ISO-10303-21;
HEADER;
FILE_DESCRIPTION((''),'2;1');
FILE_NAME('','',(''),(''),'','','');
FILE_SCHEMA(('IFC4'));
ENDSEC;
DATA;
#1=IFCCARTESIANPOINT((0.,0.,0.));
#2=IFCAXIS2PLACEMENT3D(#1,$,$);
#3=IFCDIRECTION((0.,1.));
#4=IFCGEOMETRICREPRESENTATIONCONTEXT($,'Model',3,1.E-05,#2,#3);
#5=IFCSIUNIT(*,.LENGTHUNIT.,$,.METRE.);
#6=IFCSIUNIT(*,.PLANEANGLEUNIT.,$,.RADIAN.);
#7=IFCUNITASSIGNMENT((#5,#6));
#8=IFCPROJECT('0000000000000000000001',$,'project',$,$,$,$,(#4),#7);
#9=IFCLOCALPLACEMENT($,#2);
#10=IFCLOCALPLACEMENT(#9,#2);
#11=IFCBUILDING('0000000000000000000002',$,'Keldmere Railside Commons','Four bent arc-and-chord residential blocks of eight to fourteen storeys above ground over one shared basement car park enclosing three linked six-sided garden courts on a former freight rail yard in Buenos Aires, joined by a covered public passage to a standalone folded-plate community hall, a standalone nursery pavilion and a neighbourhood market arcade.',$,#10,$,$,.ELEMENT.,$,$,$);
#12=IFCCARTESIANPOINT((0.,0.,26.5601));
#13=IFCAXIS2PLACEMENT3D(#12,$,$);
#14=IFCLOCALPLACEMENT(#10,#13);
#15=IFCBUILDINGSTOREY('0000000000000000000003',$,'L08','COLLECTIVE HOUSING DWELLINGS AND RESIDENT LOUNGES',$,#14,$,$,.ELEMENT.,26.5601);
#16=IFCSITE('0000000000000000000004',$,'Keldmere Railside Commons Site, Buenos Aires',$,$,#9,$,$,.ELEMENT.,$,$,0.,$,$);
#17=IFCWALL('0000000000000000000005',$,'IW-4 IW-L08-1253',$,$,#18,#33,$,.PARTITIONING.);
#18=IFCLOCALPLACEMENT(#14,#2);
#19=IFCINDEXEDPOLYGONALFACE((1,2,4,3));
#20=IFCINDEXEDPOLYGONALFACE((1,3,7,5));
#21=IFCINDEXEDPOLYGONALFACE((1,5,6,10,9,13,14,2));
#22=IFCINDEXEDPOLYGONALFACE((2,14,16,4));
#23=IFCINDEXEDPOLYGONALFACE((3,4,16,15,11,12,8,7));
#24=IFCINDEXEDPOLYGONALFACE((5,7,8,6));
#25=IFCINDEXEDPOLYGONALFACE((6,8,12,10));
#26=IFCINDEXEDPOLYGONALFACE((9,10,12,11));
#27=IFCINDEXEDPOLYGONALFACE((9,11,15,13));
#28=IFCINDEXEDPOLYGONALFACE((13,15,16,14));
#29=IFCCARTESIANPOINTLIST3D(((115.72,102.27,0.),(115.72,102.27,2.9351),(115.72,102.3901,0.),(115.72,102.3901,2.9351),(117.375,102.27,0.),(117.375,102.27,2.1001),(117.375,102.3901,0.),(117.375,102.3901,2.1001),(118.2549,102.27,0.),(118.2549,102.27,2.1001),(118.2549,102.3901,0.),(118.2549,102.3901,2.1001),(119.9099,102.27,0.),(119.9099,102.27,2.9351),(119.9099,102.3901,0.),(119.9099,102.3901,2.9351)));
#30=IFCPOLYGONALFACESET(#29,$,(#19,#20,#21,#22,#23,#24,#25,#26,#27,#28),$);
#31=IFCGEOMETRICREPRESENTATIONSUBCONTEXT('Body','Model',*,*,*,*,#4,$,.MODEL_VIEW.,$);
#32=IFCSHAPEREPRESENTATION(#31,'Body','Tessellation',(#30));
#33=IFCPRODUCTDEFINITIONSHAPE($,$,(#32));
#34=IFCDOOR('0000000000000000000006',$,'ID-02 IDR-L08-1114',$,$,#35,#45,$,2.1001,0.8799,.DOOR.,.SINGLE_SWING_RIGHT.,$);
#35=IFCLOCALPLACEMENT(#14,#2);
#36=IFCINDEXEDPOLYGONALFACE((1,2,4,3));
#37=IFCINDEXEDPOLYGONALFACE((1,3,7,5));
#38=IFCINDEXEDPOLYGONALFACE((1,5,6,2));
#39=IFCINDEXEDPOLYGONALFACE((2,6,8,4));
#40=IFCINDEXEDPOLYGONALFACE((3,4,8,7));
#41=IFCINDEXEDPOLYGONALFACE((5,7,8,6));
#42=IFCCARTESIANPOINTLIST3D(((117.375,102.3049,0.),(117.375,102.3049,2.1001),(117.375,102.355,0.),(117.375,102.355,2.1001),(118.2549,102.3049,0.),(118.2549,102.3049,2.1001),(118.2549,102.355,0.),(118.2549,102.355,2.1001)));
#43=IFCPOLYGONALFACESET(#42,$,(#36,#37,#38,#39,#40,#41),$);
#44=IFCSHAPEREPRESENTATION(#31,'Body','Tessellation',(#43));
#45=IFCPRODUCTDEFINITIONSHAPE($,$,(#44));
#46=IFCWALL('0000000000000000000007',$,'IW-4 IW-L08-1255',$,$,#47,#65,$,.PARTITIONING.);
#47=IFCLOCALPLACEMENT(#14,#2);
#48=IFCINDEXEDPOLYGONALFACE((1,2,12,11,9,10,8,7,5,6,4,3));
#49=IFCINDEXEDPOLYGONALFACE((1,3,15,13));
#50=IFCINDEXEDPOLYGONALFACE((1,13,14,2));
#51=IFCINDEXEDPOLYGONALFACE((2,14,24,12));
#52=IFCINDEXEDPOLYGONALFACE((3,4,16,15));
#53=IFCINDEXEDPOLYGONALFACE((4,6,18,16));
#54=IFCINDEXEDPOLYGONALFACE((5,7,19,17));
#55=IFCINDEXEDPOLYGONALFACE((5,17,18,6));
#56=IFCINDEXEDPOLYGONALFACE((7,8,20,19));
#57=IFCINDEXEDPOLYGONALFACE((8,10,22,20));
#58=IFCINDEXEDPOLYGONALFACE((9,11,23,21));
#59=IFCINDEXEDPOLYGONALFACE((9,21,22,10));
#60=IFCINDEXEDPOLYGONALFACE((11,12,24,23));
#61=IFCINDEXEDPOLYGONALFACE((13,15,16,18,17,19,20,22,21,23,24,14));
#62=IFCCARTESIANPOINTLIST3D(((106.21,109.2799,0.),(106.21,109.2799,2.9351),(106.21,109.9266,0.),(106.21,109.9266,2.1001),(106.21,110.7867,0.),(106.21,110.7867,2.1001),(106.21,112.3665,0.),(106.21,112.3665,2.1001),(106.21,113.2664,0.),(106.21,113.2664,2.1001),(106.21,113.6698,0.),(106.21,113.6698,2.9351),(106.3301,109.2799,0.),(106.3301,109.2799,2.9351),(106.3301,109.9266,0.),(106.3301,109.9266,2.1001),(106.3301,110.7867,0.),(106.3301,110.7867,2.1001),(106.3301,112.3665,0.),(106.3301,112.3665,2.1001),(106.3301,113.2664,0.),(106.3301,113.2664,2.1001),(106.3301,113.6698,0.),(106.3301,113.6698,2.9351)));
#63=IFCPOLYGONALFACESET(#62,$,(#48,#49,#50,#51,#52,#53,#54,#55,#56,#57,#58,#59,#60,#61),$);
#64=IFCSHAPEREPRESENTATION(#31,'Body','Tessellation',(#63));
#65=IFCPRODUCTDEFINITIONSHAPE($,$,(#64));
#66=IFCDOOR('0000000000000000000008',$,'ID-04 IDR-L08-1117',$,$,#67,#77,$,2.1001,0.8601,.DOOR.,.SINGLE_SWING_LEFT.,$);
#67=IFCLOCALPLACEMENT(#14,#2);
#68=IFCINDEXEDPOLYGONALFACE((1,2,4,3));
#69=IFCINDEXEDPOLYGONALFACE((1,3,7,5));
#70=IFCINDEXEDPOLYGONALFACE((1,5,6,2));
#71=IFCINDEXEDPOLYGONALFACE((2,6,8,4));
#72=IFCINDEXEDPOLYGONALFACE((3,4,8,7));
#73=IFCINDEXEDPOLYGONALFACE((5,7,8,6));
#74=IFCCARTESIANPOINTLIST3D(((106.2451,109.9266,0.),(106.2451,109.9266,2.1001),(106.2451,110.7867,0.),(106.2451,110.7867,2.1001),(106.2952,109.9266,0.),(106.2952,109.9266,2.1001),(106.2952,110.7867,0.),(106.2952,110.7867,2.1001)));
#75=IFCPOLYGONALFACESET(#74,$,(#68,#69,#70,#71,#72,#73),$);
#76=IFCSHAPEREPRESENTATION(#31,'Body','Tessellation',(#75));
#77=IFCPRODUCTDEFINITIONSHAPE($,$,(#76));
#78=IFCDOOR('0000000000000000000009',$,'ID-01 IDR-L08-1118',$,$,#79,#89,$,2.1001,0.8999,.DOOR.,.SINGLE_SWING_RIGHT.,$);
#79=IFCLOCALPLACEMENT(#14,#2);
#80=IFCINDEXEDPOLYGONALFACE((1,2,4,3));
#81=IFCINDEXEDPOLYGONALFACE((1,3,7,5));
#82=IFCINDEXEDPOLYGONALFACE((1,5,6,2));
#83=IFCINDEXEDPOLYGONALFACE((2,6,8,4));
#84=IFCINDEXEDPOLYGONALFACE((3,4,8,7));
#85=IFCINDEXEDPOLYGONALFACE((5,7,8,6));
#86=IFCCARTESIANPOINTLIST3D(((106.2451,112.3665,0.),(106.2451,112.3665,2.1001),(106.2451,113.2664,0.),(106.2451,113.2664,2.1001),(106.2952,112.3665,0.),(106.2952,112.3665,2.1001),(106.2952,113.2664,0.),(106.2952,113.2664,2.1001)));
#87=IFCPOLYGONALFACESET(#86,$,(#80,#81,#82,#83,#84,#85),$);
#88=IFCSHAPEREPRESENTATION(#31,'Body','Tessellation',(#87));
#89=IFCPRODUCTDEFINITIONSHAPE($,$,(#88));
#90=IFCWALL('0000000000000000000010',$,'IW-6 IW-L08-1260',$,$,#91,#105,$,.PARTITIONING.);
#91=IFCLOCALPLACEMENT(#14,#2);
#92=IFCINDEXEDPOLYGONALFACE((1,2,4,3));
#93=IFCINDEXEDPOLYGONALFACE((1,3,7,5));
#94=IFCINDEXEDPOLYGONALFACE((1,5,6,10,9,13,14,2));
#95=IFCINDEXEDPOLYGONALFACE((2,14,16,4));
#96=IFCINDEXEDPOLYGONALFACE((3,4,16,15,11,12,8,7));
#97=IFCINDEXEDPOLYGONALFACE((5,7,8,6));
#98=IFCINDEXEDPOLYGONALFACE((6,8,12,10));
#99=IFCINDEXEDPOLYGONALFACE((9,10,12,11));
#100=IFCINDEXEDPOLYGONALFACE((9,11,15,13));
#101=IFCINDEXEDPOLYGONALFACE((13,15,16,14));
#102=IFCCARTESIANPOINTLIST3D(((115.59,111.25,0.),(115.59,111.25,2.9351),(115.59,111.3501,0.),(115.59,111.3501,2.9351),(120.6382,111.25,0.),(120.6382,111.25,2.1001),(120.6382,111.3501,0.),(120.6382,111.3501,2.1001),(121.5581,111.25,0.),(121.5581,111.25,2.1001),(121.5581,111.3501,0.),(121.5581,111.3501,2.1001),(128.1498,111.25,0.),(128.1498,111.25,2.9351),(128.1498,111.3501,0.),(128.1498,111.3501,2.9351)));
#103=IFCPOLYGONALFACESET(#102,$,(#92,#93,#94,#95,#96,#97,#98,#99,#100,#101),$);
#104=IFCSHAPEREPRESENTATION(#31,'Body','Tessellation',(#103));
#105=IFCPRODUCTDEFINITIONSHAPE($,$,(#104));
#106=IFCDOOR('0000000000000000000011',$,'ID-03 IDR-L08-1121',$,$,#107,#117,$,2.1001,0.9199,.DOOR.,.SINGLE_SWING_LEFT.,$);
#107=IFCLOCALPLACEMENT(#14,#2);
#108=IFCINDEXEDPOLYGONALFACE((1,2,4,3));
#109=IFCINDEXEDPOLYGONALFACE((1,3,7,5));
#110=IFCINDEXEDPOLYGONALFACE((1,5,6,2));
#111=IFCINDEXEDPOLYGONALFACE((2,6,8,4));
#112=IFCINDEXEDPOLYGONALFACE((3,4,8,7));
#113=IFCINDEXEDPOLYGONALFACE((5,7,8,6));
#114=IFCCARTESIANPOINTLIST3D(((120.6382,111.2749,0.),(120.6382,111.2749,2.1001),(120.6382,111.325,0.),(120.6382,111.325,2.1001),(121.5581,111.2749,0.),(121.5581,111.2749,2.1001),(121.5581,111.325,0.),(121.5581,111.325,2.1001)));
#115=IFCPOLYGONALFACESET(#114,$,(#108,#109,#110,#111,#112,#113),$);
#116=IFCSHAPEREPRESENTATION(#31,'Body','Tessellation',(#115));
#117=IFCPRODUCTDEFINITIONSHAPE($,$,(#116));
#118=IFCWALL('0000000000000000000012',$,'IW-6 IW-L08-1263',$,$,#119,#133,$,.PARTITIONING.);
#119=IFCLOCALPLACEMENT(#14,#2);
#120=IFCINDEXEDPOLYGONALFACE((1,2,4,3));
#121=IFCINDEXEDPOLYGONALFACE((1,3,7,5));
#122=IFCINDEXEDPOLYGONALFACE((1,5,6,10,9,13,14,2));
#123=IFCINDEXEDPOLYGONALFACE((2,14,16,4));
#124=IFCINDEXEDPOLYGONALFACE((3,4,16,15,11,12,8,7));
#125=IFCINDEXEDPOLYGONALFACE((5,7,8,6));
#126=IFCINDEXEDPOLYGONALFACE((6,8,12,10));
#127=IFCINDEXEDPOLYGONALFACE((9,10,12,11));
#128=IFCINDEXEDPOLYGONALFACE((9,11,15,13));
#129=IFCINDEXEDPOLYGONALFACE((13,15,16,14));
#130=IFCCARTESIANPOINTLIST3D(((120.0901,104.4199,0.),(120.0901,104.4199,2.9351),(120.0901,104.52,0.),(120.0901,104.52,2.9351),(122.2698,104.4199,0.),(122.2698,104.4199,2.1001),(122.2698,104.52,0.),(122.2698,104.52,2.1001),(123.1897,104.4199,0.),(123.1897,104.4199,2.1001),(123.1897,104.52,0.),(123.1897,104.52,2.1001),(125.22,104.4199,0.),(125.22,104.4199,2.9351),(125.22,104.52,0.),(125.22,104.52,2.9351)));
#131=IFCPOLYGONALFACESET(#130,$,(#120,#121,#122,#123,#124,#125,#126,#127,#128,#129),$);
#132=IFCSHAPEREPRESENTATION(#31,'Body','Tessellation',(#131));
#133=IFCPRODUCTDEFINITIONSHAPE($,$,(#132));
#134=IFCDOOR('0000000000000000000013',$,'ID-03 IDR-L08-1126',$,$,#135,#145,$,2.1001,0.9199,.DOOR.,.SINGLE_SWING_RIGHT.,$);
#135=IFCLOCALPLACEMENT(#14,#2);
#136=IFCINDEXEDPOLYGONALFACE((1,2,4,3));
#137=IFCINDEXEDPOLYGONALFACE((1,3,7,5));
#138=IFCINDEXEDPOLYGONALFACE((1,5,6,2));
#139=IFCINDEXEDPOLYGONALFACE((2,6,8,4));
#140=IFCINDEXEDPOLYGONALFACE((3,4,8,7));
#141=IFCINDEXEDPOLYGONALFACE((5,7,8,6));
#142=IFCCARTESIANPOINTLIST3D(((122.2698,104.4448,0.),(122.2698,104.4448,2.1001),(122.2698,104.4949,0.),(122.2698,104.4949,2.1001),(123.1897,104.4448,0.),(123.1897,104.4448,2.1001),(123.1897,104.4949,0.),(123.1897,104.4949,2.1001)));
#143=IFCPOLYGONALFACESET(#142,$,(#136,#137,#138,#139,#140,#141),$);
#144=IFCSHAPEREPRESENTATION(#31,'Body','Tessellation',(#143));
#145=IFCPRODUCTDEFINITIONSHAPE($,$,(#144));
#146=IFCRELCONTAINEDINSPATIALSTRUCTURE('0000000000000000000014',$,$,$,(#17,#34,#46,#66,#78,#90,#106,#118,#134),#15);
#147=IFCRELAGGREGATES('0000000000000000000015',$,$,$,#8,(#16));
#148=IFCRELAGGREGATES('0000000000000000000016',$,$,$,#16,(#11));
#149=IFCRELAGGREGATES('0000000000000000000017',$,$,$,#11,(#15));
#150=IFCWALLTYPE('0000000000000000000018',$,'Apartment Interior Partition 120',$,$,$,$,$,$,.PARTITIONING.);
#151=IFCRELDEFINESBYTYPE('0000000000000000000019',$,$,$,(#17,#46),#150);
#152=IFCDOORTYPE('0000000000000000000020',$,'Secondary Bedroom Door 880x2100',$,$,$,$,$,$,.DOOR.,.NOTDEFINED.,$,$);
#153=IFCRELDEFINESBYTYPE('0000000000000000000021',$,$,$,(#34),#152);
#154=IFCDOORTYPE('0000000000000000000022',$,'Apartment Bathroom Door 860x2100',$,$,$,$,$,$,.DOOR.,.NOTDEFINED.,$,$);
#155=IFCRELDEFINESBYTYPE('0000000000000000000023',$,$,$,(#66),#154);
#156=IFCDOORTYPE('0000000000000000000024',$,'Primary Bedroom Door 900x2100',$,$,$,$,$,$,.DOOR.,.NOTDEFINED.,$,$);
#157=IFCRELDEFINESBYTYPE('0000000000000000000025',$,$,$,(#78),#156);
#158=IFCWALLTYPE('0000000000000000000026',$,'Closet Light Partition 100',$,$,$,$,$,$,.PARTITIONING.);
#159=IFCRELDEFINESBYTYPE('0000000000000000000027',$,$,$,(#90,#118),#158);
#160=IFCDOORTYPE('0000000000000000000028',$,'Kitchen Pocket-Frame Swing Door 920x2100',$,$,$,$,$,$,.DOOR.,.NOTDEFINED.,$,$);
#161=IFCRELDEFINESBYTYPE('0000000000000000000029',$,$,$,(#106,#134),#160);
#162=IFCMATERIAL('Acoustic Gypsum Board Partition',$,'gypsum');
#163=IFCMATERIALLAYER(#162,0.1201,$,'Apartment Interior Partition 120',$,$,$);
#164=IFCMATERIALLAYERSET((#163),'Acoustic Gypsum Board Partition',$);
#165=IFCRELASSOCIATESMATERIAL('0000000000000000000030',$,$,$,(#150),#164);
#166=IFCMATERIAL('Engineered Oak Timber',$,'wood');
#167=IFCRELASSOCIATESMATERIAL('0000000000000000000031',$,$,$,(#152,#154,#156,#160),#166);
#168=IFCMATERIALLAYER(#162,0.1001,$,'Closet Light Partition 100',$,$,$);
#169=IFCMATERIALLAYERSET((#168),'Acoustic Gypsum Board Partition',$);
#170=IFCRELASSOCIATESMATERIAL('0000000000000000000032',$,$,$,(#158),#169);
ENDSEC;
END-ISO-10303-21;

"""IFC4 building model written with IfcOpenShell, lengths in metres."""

from ifc_helpers import new_model, si_unit, direction, frame, frame_2d, origin, place, context, subcontext, project, spatial, rectangle, extrude, material, layer, layer_set, type_object, element, fill, save


model = new_model("IFC4")

# Units and contexts
model_context = context("Model", 3, precision=1e-05, world=origin(), true_north=direction((0.0, 1.0)))
body_context = subcontext(model_context, "Body", "Model", "MODEL_VIEW")
ifc_project = project(units=[si_unit("LENGTHUNIT", "METRE"), si_unit("PLANEANGLEUNIT", "RADIAN")], contexts=[model_context])

# Site, building, storey
site_placement = place(None, origin())
site = spatial("IfcSite", under=ifc_project, at=site_placement, Name="Keldmere Railside Commons Site, Buenos Aires", CompositionType="ELEMENT", RefElevation=0.0)
building_placement = place(site_placement, origin())
building = spatial("IfcBuilding", under=site, at=building_placement, Name="Keldmere Railside Commons", Description="Four bent arc-and-chord residential blocks of eight to fourteen storeys above ground over one shared basement car park enclosing three linked six-sided garden courts on a former freight rail yard in Buenos Aires, joined by a covered public passage to a standalone folded-plate community hall, a standalone nursery pavilion and a neighbourhood market arcade.", CompositionType="ELEMENT")
storey_placement = place(building_placement, frame((0.0, 0.0, 26.5601)))
storey = spatial("IfcBuildingStorey", under=building, at=storey_placement, Name="L08", Description="COLLECTIVE HOUSING DWELLINGS AND RESIDENT LOUNGES", CompositionType="ELEMENT", Elevation=26.5601)

# Shared definitions
ifc_material_1 = material(Name="Acoustic Gypsum Board Partition", Category="gypsum")

# Wall, opening, door
ifc_layer_1 = layer(ifc_material_1, 0.1201, Name="Apartment Interior Partition 120")
ifc_layer_set_1 = layer_set([ifc_layer_1], Name="Acoustic Gypsum Board Partition")
wall_type_1 = type_object("IfcWallType", Name="Apartment Interior Partition 120", PredefinedType="PARTITIONING", material=ifc_layer_set_1)
wall_1_placement = place(storey_placement, frame((115.72, 102.3301, 0.0), z_axis=(0.0, 0.0, 1.0), x_axis=(1.0, 0.0, 0.0)))
wall_1 = element("IfcWall", 1, at=wall_1_placement, inside=storey, type_object=wall_type_1, Name="IW-4 IW-L08-1253", PredefinedType="PARTITIONING", context=body_context, shape_type="SweptSolid", body=[
    extrude(rectangle(XDim=4.1899, YDim=0.1201, at=frame_2d((2.095, 0.0))), origin(), (0.0, 0.0, 1.0), 2.9351),
])
opening_1_placement = place(wall_1_placement, frame((1.655, 0.0, 0.0)))
opening_1 = element("IfcOpeningElement", 2, at=opening_1_placement, cuts=wall_1, PredefinedType="OPENING", context=body_context, shape_type="SweptSolid", body=[
    extrude(rectangle(XDim=0.8799, YDim=2.1001, at=frame_2d((0.4399, 1.05))), frame((0.0, 0.0701, 0.0), z_axis=(0.0, -1.0, 0.0), x_axis=(1.0, 0.0, 0.0)), (0.0, 0.0, 1.0), 0.1401),
])
ifc_material_2 = material(Name="Engineered Oak Timber", Category="wood")
door_type_1 = type_object("IfcDoorType", Name="Secondary Bedroom Door 880x2100", OperationType="NOTDEFINED", PredefinedType="DOOR", material=ifc_material_2)
door_1_placement = place(opening_1_placement, origin())
door_1 = element("IfcDoor", 3, at=door_1_placement, inside=storey, type_object=door_type_1, Name="ID-02 IDR-L08-1114", OperationType="SINGLE_SWING_RIGHT", OverallHeight=2.1001, OverallWidth=0.8799, PredefinedType="DOOR", context=body_context, shape_type="SweptSolid", body=[
    extrude(rectangle(XDim=0.8799, YDim=2.1001, at=frame_2d((0.4399, 1.05))), frame((0.0, 0.0249, 0.0), z_axis=(0.0, -1.0, 0.0), x_axis=(1.0, 0.0, 0.0)), (0.0, 0.0, 1.0), 0.05),
])
fill(opening_1, door_1)

# Wall, openings, doors
wall_2_placement = place(storey_placement, frame((106.27, 109.28, 0.0), z_axis=(0.0, 0.0, 1.0), x_axis=(0.0, 1.0, 0.0)))
wall_2 = element("IfcWall", 4, at=wall_2_placement, inside=storey, type_object=wall_type_1, Name="IW-4 IW-L08-1255", PredefinedType="PARTITIONING", context=body_context, shape_type="SweptSolid", body=[
    extrude(rectangle(XDim=4.3899, YDim=0.1201, at=frame_2d((2.1948, 0.0))), origin(), (0.0, 0.0, 1.0), 2.9351),
])
opening_2_placement = place(wall_2_placement, frame((0.6465, 0.0, 0.0)))
opening_2 = element("IfcOpeningElement", 5, at=opening_2_placement, cuts=wall_2, PredefinedType="OPENING", context=body_context, shape_type="SweptSolid", body=[
    extrude(rectangle(XDim=0.8601, YDim=2.1001, at=frame_2d((0.4302, 1.05))), frame((0.0, 0.0701, 0.0), z_axis=(0.0, -1.0, 0.0), x_axis=(1.0, 0.0, 0.0)), (0.0, 0.0, 1.0), 0.1401),
])
opening_3_placement = place(wall_2_placement, frame((3.0864, 0.0, 0.0)))
opening_3 = element("IfcOpeningElement", 6, at=opening_3_placement, cuts=wall_2, PredefinedType="OPENING", context=body_context, shape_type="SweptSolid", body=[
    extrude(rectangle(XDim=0.8999, YDim=2.1001, at=frame_2d((0.45, 1.05))), frame((0.0, 0.0701, 0.0), z_axis=(0.0, -1.0, 0.0), x_axis=(1.0, 0.0, 0.0)), (0.0, 0.0, 1.0), 0.1401),
])
door_type_2 = type_object("IfcDoorType", Name="Apartment Bathroom Door 860x2100", OperationType="NOTDEFINED", PredefinedType="DOOR", material=ifc_material_2)
door_2_placement = place(opening_2_placement, origin())
door_2 = element("IfcDoor", 7, at=door_2_placement, inside=storey, type_object=door_type_2, Name="ID-04 IDR-L08-1117", OperationType="SINGLE_SWING_LEFT", OverallHeight=2.1001, OverallWidth=0.8601, PredefinedType="DOOR", context=body_context, shape_type="SweptSolid", body=[
    extrude(rectangle(XDim=0.8601, YDim=2.1001, at=frame_2d((0.4302, 1.05))), frame((0.0, 0.0249, 0.0), z_axis=(0.0, -1.0, 0.0), x_axis=(1.0, 0.0, 0.0)), (0.0, 0.0, 1.0), 0.05),
])
fill(opening_2, door_2)
door_type_3 = type_object("IfcDoorType", Name="Primary Bedroom Door 900x2100", OperationType="NOTDEFINED", PredefinedType="DOOR", material=ifc_material_2)
door_3_placement = place(opening_3_placement, origin())
door_3 = element("IfcDoor", 8, at=door_3_placement, inside=storey, type_object=door_type_3, Name="ID-01 IDR-L08-1118", OperationType="SINGLE_SWING_RIGHT", OverallHeight=2.1001, OverallWidth=0.8999, PredefinedType="DOOR", context=body_context, shape_type="SweptSolid", body=[
    extrude(rectangle(XDim=0.8999, YDim=2.1001, at=frame_2d((0.45, 1.05))), frame((0.0, 0.0249, 0.0), z_axis=(0.0, -1.0, 0.0), x_axis=(1.0, 0.0, 0.0)), (0.0, 0.0, 1.0), 0.05),
])
fill(opening_3, door_3)

# Walls, openings, doors
ifc_layer_2 = layer(ifc_material_1, 0.1001, Name="Closet Light Partition 100")
ifc_layer_set_2 = layer_set([ifc_layer_2], Name="Acoustic Gypsum Board Partition")
wall_type_2 = type_object("IfcWallType", Name="Closet Light Partition 100", PredefinedType="PARTITIONING", material=ifc_layer_set_2)
wall_3_placement = place(storey_placement, frame((115.5901, 111.3, 0.0), z_axis=(0.0, 0.0, 1.0), x_axis=(1.0, 0.0, 0.0)))
wall_3 = element("IfcWall", 9, at=wall_3_placement, inside=storey, type_object=wall_type_2, Name="IW-6 IW-L08-1260", PredefinedType="PARTITIONING", context=body_context, shape_type="SweptSolid", body=[
    extrude(rectangle(XDim=12.5598, YDim=0.1001, at=frame_2d((6.2798, 0.0))), origin(), (0.0, 0.0, 1.0), 2.9351),
])
opening_4_placement = place(wall_3_placement, frame((5.0481, 0.0, 0.0)))
opening_4 = element("IfcOpeningElement", 10, at=opening_4_placement, cuts=wall_3, PredefinedType="OPENING", context=body_context, shape_type="SweptSolid", body=[
    extrude(rectangle(XDim=0.9199, YDim=2.1001, at=frame_2d((0.46, 1.05))), frame((0.0, 0.0601, 0.0), z_axis=(0.0, -1.0, 0.0), x_axis=(1.0, 0.0, 0.0)), (0.0, 0.0, 1.0), 0.1201),
])
door_type_4 = type_object("IfcDoorType", Name="Kitchen Pocket-Frame Swing Door 920x2100", OperationType="NOTDEFINED", PredefinedType="DOOR", material=ifc_material_2)
door_4_placement = place(opening_4_placement, origin())
door_4 = element("IfcDoor", 11, at=door_4_placement, inside=storey, type_object=door_type_4, Name="ID-03 IDR-L08-1121", OperationType="SINGLE_SWING_LEFT", OverallHeight=2.1001, OverallWidth=0.9199, PredefinedType="DOOR", context=body_context, shape_type="SweptSolid", body=[
    extrude(rectangle(XDim=0.9199, YDim=2.1001, at=frame_2d((0.46, 1.05))), frame((0.0, 0.0249, 0.0), z_axis=(0.0, -1.0, 0.0), x_axis=(1.0, 0.0, 0.0)), (0.0, 0.0, 1.0), 0.05),
])
fill(opening_4, door_4)
wall_4_placement = place(storey_placement, frame((120.0901, 104.47, 0.0), z_axis=(0.0, 0.0, 1.0), x_axis=(1.0, 0.0, 0.0)))
wall_4 = element("IfcWall", 12, at=wall_4_placement, inside=storey, type_object=wall_type_2, Name="IW-6 IW-L08-1263", PredefinedType="PARTITIONING", context=body_context, shape_type="SweptSolid", body=[
    extrude(rectangle(XDim=5.1299, YDim=0.1001, at=frame_2d((2.5649, 0.0))), origin(), (0.0, 0.0, 1.0), 2.9351),
])
opening_5_placement = place(wall_4_placement, frame((2.1797, 0.0, 0.0)))
opening_5 = element("IfcOpeningElement", 13, at=opening_5_placement, cuts=wall_4, PredefinedType="OPENING", context=body_context, shape_type="SweptSolid", body=[
    extrude(rectangle(XDim=0.9199, YDim=2.1001, at=frame_2d((0.46, 1.05))), frame((0.0, 0.0601, 0.0), z_axis=(0.0, -1.0, 0.0), x_axis=(1.0, 0.0, 0.0)), (0.0, 0.0, 1.0), 0.1201),
])
door_5_placement = place(opening_5_placement, origin())
door_5 = element("IfcDoor", 14, at=door_5_placement, inside=storey, type_object=door_type_4, Name="ID-03 IDR-L08-1126", OperationType="SINGLE_SWING_RIGHT", OverallHeight=2.1001, OverallWidth=0.9199, PredefinedType="DOOR", context=body_context, shape_type="SweptSolid", body=[
    extrude(rectangle(XDim=0.9199, YDim=2.1001, at=frame_2d((0.46, 1.05))), frame((0.0, 0.0249, 0.0), z_axis=(0.0, -1.0, 0.0), x_axis=(1.0, 0.0, 0.0)), (0.0, 0.0, 1.0), 0.05),
])
fill(opening_5, door_5)

save(model, "model.ifc")
